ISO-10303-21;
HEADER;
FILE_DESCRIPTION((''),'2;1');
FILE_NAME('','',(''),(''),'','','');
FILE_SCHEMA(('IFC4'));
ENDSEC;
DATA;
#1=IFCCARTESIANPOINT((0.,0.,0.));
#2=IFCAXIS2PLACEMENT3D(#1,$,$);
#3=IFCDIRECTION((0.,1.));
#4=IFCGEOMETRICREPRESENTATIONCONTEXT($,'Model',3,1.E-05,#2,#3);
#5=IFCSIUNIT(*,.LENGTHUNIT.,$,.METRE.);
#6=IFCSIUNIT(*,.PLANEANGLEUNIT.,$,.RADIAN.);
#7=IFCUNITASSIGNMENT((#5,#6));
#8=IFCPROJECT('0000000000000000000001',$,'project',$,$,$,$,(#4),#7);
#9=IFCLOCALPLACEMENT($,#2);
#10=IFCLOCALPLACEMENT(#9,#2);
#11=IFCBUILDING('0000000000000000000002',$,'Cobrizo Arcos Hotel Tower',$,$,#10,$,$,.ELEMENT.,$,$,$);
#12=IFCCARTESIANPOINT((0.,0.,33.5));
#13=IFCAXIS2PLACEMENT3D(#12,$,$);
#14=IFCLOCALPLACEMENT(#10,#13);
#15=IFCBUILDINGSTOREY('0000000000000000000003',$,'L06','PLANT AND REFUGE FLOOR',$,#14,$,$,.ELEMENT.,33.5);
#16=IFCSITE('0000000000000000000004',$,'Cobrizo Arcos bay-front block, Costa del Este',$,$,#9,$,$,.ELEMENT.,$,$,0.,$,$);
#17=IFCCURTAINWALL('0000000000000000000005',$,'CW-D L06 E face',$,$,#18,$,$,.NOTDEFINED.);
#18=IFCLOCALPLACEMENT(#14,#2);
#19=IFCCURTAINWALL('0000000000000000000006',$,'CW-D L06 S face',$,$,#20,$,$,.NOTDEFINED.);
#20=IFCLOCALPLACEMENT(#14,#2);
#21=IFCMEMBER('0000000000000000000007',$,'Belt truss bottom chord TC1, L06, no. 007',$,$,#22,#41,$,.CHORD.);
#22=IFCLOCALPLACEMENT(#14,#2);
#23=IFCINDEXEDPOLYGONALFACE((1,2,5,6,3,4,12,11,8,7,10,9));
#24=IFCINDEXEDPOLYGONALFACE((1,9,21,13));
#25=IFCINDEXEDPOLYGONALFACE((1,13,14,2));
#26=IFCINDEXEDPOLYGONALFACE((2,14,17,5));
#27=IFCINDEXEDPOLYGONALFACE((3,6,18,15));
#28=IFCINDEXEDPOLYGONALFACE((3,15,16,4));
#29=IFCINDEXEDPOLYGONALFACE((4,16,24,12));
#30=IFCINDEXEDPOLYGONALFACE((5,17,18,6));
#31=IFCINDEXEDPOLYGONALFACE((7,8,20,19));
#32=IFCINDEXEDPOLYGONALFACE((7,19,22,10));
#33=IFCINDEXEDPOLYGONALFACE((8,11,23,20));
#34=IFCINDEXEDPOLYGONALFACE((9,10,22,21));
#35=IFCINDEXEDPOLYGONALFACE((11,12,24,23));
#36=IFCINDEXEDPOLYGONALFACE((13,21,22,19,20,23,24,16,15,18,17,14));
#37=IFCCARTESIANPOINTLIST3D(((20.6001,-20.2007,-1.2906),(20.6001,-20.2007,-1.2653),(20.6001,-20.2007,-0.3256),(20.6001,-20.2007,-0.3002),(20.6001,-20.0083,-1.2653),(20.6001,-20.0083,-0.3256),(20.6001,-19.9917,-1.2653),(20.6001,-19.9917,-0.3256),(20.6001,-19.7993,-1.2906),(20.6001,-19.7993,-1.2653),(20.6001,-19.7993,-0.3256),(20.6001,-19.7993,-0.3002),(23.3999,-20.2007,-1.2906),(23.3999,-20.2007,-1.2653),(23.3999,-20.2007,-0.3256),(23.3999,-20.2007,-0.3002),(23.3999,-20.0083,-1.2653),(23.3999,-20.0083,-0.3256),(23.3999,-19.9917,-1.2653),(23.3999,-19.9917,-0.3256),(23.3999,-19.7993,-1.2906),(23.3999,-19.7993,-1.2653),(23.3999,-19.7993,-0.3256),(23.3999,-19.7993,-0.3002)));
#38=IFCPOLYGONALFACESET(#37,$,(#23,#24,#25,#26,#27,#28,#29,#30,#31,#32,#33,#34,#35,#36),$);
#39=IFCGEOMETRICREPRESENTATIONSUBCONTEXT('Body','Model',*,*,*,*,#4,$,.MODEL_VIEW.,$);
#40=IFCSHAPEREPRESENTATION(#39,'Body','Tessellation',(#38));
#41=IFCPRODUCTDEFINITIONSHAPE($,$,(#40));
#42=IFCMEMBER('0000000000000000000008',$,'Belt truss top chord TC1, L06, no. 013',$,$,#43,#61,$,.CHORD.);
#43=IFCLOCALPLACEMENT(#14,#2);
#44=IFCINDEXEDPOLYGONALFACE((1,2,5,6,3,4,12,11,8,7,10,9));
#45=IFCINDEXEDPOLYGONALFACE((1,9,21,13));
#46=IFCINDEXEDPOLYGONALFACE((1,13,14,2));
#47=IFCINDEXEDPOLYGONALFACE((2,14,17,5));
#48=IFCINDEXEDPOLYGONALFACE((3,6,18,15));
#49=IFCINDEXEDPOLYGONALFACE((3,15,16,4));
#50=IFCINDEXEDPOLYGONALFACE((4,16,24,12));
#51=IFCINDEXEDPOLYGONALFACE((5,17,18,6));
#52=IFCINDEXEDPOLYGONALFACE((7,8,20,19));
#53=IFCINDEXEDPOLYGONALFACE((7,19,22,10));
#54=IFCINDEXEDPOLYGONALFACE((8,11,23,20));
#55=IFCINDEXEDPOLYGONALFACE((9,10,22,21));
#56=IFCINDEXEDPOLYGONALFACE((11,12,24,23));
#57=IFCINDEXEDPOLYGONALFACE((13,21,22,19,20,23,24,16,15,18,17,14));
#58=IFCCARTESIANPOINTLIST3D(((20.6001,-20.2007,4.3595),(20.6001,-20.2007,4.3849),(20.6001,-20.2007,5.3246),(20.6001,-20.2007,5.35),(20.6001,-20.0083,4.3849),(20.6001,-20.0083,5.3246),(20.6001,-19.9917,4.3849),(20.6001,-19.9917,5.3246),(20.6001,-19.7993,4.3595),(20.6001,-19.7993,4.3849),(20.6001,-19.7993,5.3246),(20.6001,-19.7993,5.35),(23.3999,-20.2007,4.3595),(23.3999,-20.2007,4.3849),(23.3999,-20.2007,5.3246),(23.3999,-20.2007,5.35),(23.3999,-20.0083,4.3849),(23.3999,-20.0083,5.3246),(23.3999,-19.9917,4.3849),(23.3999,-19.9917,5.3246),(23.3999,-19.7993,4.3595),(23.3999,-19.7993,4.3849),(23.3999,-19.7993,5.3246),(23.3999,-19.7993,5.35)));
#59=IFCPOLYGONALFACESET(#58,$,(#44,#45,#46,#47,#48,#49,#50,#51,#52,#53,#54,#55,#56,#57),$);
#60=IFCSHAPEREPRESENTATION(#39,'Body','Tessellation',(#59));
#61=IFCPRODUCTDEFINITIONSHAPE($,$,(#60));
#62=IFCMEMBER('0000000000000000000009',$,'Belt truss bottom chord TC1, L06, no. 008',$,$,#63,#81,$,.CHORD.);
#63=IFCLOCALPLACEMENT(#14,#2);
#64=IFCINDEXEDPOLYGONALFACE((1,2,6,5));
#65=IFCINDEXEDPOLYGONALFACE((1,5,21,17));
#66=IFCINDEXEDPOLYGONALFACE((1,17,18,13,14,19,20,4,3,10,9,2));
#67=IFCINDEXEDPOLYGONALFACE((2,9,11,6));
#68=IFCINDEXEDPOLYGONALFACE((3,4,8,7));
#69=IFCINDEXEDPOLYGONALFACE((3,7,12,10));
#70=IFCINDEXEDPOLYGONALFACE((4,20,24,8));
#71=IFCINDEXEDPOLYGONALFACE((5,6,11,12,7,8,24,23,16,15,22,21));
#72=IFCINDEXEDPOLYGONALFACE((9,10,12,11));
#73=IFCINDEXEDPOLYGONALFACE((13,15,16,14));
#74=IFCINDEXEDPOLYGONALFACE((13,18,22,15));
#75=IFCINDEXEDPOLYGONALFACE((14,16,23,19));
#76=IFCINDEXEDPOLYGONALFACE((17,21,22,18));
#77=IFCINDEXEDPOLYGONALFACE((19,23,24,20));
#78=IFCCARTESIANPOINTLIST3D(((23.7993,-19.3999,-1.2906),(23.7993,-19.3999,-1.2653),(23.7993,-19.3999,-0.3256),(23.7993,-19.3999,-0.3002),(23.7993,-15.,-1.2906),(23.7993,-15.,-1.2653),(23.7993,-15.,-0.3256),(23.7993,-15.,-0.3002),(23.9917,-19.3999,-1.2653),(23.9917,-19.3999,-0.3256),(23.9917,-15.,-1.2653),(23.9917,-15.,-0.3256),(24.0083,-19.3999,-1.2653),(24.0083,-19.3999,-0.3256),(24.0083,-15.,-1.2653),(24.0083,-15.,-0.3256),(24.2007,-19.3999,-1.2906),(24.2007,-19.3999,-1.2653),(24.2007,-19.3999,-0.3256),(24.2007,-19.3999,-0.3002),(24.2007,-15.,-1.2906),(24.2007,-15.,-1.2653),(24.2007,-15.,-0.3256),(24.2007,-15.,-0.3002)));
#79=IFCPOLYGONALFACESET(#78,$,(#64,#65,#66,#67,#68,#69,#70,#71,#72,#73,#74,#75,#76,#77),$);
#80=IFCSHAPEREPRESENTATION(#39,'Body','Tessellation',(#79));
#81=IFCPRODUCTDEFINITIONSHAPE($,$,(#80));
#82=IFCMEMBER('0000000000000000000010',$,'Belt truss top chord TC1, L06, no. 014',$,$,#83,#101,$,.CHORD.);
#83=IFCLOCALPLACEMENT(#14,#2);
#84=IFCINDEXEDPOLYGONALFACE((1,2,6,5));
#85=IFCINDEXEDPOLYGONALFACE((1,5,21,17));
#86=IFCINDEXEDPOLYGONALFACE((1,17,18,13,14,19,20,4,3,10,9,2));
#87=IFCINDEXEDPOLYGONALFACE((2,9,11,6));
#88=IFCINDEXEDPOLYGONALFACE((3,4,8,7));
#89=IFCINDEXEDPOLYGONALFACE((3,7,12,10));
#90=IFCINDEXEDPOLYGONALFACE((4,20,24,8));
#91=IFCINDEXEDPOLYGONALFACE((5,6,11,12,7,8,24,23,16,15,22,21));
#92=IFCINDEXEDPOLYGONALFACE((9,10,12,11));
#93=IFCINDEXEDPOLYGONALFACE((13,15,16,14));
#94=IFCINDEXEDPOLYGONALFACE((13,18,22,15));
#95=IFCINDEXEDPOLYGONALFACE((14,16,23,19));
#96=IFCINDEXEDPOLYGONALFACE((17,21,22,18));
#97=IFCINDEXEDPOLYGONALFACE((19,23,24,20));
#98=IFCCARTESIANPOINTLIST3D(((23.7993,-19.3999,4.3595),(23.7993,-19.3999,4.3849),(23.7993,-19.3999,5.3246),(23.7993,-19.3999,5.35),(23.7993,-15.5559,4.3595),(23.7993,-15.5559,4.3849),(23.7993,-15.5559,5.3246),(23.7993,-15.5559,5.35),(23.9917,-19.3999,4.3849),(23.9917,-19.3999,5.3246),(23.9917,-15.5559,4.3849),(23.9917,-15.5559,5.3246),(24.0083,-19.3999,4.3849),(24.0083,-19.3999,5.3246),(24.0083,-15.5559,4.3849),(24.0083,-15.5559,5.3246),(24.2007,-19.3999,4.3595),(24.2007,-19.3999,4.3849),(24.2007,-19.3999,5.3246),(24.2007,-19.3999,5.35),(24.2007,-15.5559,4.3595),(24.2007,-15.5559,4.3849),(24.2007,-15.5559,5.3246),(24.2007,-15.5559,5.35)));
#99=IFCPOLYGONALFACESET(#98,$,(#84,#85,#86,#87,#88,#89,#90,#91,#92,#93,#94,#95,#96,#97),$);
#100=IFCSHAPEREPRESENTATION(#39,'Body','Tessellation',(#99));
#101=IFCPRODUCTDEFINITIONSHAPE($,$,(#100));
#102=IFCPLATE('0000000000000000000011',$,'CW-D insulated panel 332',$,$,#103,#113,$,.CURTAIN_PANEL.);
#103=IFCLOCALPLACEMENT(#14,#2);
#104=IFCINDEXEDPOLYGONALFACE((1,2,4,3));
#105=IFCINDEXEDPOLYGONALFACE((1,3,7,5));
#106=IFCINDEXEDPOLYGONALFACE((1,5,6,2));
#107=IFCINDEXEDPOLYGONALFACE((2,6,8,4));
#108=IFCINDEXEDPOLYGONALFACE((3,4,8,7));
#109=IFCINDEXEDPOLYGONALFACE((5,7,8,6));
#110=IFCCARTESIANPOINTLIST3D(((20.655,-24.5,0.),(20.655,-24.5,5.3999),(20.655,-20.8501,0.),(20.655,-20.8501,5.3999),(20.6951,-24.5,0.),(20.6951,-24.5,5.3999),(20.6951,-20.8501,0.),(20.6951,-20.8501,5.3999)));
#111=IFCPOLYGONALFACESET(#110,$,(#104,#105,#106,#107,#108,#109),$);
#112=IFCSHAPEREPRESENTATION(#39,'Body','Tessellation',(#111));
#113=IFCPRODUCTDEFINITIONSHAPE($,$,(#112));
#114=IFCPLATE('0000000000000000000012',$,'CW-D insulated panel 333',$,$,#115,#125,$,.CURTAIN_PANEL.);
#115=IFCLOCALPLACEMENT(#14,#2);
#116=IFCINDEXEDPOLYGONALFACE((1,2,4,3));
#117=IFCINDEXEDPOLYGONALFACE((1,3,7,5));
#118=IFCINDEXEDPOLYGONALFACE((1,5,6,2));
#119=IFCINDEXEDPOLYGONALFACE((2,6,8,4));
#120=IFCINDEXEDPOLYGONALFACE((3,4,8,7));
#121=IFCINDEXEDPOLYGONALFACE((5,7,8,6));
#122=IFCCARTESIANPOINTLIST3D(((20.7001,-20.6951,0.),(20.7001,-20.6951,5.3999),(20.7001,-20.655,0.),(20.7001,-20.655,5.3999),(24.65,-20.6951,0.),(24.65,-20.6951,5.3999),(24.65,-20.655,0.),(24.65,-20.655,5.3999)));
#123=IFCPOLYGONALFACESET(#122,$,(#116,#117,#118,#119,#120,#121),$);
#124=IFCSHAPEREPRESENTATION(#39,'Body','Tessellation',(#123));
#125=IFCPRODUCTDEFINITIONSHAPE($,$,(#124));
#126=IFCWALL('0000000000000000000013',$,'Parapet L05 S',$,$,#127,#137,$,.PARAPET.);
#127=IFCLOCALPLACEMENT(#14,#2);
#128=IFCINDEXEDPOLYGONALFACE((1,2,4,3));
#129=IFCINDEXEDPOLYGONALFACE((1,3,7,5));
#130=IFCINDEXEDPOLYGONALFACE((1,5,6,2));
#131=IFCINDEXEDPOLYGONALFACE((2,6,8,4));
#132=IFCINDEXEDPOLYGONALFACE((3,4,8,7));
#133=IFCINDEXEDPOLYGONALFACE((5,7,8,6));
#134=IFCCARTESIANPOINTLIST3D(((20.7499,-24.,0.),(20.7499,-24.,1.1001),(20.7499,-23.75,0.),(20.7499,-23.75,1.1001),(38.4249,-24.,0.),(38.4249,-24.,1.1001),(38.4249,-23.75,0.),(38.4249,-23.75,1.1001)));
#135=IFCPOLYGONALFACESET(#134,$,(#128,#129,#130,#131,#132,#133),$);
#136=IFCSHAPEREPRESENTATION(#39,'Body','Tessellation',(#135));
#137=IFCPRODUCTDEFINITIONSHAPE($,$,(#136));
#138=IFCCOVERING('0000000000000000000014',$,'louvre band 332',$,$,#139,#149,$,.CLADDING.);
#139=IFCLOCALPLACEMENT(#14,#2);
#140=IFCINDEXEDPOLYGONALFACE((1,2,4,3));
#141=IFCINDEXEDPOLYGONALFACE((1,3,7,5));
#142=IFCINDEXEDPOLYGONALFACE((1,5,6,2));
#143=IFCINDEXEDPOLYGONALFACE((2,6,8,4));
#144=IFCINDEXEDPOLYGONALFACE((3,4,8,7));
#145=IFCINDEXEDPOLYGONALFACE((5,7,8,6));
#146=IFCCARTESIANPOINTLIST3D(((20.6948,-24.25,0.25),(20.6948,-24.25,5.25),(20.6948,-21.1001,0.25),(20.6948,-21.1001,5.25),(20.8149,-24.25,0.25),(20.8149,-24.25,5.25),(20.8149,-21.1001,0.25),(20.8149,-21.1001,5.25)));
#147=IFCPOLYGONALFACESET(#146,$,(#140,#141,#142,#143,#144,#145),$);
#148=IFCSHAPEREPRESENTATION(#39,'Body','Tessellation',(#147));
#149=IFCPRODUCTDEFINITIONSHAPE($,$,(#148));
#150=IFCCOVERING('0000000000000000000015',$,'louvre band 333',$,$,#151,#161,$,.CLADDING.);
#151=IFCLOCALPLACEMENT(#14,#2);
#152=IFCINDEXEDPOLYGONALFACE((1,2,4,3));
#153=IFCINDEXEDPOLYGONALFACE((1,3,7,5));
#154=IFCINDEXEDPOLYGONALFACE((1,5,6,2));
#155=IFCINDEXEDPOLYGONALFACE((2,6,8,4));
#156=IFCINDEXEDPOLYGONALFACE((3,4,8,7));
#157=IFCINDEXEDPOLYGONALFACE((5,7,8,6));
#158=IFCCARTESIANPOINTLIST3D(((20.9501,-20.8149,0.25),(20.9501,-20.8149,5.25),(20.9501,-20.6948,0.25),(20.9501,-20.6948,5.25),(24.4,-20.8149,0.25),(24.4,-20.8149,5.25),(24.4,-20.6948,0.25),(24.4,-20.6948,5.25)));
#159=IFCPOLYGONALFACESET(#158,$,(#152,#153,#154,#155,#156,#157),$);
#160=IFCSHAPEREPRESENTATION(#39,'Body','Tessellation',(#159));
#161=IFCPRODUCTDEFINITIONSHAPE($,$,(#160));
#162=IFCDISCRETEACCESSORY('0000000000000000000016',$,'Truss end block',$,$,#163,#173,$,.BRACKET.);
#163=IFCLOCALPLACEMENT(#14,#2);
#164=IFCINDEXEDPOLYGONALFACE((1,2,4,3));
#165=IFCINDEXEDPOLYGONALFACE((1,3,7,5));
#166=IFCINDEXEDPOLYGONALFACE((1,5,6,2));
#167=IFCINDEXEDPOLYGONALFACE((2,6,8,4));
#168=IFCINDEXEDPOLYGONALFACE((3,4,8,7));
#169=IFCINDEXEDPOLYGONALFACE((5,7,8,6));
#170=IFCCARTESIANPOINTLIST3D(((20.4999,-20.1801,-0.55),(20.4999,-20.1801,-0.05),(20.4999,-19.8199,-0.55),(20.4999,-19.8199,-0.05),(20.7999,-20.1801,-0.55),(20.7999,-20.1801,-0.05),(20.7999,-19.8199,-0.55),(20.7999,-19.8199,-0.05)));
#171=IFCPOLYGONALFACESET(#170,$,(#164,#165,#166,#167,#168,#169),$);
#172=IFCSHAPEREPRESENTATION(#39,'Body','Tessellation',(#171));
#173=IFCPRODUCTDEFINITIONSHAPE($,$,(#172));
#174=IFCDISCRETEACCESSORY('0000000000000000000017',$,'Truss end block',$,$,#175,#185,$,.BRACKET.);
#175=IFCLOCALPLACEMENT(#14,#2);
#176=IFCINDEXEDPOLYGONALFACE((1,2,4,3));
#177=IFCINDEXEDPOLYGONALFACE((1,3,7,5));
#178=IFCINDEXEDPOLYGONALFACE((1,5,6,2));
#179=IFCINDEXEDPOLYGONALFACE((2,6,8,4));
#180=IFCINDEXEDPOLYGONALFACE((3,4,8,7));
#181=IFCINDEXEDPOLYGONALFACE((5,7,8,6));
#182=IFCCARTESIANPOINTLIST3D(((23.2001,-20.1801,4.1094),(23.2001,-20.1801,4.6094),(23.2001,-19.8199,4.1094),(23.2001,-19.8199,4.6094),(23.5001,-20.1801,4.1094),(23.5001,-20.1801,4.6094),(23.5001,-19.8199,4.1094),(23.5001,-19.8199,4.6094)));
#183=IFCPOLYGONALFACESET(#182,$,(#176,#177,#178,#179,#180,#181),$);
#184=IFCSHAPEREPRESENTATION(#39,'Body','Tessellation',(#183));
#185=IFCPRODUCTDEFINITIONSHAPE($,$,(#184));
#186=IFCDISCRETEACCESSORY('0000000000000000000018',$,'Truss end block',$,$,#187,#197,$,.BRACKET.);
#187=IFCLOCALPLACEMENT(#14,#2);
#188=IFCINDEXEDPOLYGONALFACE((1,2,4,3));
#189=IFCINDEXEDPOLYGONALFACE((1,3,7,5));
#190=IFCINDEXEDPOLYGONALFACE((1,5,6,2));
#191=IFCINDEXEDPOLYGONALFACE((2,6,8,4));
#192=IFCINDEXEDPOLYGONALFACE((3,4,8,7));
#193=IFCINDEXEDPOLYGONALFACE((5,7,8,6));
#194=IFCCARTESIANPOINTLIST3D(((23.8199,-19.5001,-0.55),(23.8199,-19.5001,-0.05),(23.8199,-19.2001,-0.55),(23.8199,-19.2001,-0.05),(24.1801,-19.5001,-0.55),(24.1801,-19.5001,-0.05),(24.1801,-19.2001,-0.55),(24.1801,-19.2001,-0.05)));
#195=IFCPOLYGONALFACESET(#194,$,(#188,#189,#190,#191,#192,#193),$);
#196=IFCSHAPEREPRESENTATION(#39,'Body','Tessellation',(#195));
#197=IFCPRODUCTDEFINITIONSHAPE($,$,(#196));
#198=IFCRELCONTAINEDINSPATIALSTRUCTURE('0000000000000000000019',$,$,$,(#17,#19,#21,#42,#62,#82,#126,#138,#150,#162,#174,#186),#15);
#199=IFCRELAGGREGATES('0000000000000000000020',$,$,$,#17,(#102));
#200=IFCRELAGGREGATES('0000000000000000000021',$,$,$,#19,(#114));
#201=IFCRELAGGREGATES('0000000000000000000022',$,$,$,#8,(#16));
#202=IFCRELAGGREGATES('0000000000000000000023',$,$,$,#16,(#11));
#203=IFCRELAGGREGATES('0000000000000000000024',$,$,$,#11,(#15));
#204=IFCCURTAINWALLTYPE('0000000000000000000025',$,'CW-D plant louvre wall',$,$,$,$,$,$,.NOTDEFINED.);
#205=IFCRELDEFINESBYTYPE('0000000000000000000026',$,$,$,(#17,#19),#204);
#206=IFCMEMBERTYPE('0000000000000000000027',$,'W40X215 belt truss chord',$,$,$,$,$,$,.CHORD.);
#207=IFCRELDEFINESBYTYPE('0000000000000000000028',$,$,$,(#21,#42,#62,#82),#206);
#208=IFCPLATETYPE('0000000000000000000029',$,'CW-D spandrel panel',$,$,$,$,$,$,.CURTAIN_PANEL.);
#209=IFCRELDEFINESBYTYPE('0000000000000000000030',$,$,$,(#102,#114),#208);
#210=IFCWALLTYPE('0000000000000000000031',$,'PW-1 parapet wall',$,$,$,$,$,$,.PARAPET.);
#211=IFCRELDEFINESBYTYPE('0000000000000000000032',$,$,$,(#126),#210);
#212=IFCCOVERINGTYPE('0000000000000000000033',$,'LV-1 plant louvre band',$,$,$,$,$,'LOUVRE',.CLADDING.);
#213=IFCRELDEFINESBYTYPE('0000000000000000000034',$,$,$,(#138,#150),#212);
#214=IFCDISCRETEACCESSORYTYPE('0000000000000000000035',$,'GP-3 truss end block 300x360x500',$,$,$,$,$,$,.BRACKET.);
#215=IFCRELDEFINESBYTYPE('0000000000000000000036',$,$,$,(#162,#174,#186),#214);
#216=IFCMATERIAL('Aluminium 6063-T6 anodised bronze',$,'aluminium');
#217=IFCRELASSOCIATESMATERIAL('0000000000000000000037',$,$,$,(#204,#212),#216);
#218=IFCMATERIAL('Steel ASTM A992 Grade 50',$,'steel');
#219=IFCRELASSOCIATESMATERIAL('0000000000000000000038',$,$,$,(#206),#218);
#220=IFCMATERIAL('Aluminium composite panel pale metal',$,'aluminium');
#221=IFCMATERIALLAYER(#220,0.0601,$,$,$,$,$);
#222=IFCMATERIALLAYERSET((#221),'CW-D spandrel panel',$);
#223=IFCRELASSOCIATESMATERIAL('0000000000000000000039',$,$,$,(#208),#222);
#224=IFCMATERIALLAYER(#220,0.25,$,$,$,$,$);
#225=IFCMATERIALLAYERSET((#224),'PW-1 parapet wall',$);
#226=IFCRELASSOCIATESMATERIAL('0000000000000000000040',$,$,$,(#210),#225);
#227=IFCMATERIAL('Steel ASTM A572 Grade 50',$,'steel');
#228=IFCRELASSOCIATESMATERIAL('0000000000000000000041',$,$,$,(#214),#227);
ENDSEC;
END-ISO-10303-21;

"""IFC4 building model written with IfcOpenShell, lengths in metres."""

from ifc_helpers import new_model, si_unit, direction, frame, frame_2d, origin, origin_2d, place, context, subcontext, project, spatial, rectangle, i_section, extrude, material, layer, layer_set, material_profile, profile_set, type_object, element, aggregate, save


model = new_model("IFC4")

# Units and contexts
model_context = context("Model", 3, precision=1e-05, world=origin(), true_north=direction((0.0, 1.0)))
body_context = subcontext(model_context, "Body", "Model", "MODEL_VIEW")
ifc_project = project(units=[si_unit("LENGTHUNIT", "METRE"), si_unit("PLANEANGLEUNIT", "RADIAN")], contexts=[model_context])

# Site, building, storey
site_placement = place(None, origin())
site = spatial("IfcSite", under=ifc_project, at=site_placement, Name="Cobrizo Arcos bay-front block, Costa del Este", CompositionType="ELEMENT", RefElevation=0.0)
building_placement = place(site_placement, origin())
building = spatial("IfcBuilding", under=site, at=building_placement, Name="Cobrizo Arcos Hotel Tower", CompositionType="ELEMENT")
storey_placement = place(building_placement, frame((0.0, 0.0, 33.5)))
storey = spatial("IfcBuildingStorey", under=building, at=storey_placement, Name="L06", Description="PLANT AND REFUGE FLOOR", CompositionType="ELEMENT", Elevation=33.5)

# Shared definitions
ifc_material_1 = material(Name="Steel ASTM A572 Grade 50", Category="steel")

# Shared definitions
ifc_material_2 = material(Name="Aluminium 6063-T6 anodised bronze", Category="aluminium")
curtain_wall_type = type_object("IfcCurtainWallType", Name="CW-D plant louvre wall", PredefinedType="NOTDEFINED", material=ifc_material_2)

# Curtain wall
curtain_wall_1_placement = place(storey_placement, origin())
curtain_wall_1 = element("IfcCurtainWall", 1, at=curtain_wall_1_placement, inside=storey, type_object=curtain_wall_type, Name="CW-D L06 E face", PredefinedType="NOTDEFINED")

# Curtain wall
curtain_wall_2_placement = place(storey_placement, origin())
curtain_wall_2 = element("IfcCurtainWall", 2, at=curtain_wall_2_placement, inside=storey, type_object=curtain_wall_type, Name="CW-D L06 S face", PredefinedType="NOTDEFINED")

# Shared definitions
ifc_material_3 = material(Name="Steel ASTM A992 Grade 50", Category="steel")

# Members
ifc_material_profile_1 = material_profile(ifc_material_3, i_section(OverallWidth=0.4014, OverallDepth=0.9905, WebThickness=0.0166, FlangeThickness=0.0254, at=origin_2d()), Name="W40X215")
ifc_profile_set_1 = profile_set([ifc_material_profile_1], Name="Steel ASTM A992 Grade 50")
member_type_1 = type_object("IfcMemberType", Name="W40X215 belt truss chord", PredefinedType="CHORD", material=ifc_profile_set_1)
for number, where, z_axis, x_axis, name in (
    (3, (20.6001, -20.0, -0.7954), (1.0, 0.0, 0.0), (0.0, 1.0, 0.0), "Belt truss bottom chord TC1, L06, no. 007"),
    (4, (20.6001, -20.0, 4.8547), (1.0, 0.0, 0.0), (0.0, 1.0, 0.0), "Belt truss top chord TC1, L06, no. 013"),
):
    element("IfcMember", number, at=place(storey_placement, frame(where, z_axis=z_axis, x_axis=x_axis)), inside=storey, type_object=member_type_1, Name=name, PredefinedType="CHORD", context=body_context, shape_type="SweptSolid", body=[
        extrude(i_section(OverallWidth=0.4014, OverallDepth=0.9905, WebThickness=0.0166, FlangeThickness=0.0254, at=origin_2d()), origin(), (0.0, 0.0, 1.0), 2.7998),
    ])
member_1_placement = place(storey_placement, frame((24.0, -19.3999, -0.7954), z_axis=(0.0, 1.0, 0.0), x_axis=(-1.0, 0.0, 0.0)))
element("IfcMember", 5, at=member_1_placement, inside=storey, type_object=member_type_1, Name="Belt truss bottom chord TC1, L06, no. 008", PredefinedType="CHORD", context=body_context, shape_type="SweptSolid", body=[
    extrude(i_section(OverallWidth=0.4014, OverallDepth=0.9905, WebThickness=0.0166, FlangeThickness=0.0254, at=origin_2d()), origin(), (0.0, 0.0, 1.0), 4.3999),
])
member_2_placement = place(storey_placement, frame((24.0, -19.3999, 4.8547), z_axis=(0.0, 1.0, 0.0), x_axis=(-1.0, 0.0, 0.0)))
element("IfcMember", 6, at=member_2_placement, inside=storey, type_object=member_type_1, Name="Belt truss top chord TC1, L06, no. 014", PredefinedType="CHORD", context=body_context, shape_type="SweptSolid", body=[
    extrude(i_section(OverallWidth=0.4014, OverallDepth=0.9905, WebThickness=0.0166, FlangeThickness=0.0254, at=origin_2d()), origin(), (0.0, 0.0, 1.0), 3.844),
])

# Plates
ifc_material_4 = material(Name="Aluminium composite panel pale metal", Category="aluminium")
ifc_layer_1 = layer(ifc_material_4, 0.0601)
ifc_layer_set_1 = layer_set([ifc_layer_1], Name="CW-D spandrel panel")
plate_type = type_object("IfcPlateType", Name="CW-D spandrel panel", PredefinedType="CURTAIN_PANEL", material=ifc_layer_set_1)
plate_1_placement = place(storey_placement, frame((20.675, -22.675, 0.0), z_axis=(0.0, 0.0, 1.0), x_axis=(0.0, 1.0, 0.0)))
plate_1 = element("IfcPlate", 7, at=plate_1_placement, type_object=plate_type, Name="CW-D insulated panel 332", PredefinedType="CURTAIN_PANEL", context=body_context, shape_type="SweptSolid", body=[
    extrude(rectangle(XDim=3.6499, YDim=0.04, at=origin_2d()), origin(), (0.0, 0.0, 1.0), 5.3999),
])
aggregate(curtain_wall_1, [plate_1])
plate_2_placement = place(storey_placement, frame((22.675, -20.675, 0.0), z_axis=(0.0, 0.0, 1.0), x_axis=(1.0, 0.0, 0.0)))
plate_2 = element("IfcPlate", 8, at=plate_2_placement, type_object=plate_type, Name="CW-D insulated panel 333", PredefinedType="CURTAIN_PANEL", context=body_context, shape_type="SweptSolid", body=[
    extrude(rectangle(XDim=3.95, YDim=0.04, at=origin_2d()), origin(), (0.0, 0.0, 1.0), 5.3999),
])
aggregate(curtain_wall_2, [plate_2])

# Wall
ifc_layer_2 = layer(ifc_material_4, 0.25)
ifc_layer_set_2 = layer_set([ifc_layer_2], Name="PW-1 parapet wall")
wall_type = type_object("IfcWallType", Name="PW-1 parapet wall", PredefinedType="PARAPET", material=ifc_layer_set_2)
wall_placement = place(storey_placement, frame((20.75, -23.875, 0.0), z_axis=(0.0, 0.0, 1.0), x_axis=(1.0, 0.0, 0.0)))
element("IfcWall", 9, at=wall_placement, inside=storey, type_object=wall_type, Name="Parapet L05 S", PredefinedType="PARAPET", context=body_context, shape_type="SweptSolid", body=[
    extrude(rectangle(XDim=17.675, YDim=0.25, at=frame_2d((8.8374, 0.0))), origin(), (0.0, 0.0, 1.0), 1.1001),
])

# Coverings
covering_type = type_object("IfcCoveringType", Name="LV-1 plant louvre band", ElementType="LOUVRE", PredefinedType="CLADDING", material=ifc_material_2)
covering_1_placement = place(storey_placement, frame((20.7549, -22.675, 0.25), z_axis=(0.0, 0.0, 1.0), x_axis=(0.0, 1.0, 0.0)))
element("IfcCovering", 10, at=covering_1_placement, inside=storey, type_object=covering_type, Name="louvre band 332", PredefinedType="CLADDING", context=body_context, shape_type="SweptSolid", body=[
    extrude(rectangle(XDim=3.1499, YDim=0.1201, at=origin_2d()), origin(), (0.0, 0.0, 1.0), 5.0),
])
covering_2_placement = place(storey_placement, frame((22.675, -20.7549, 0.25), z_axis=(0.0, 0.0, 1.0), x_axis=(1.0, 0.0, 0.0)))
element("IfcCovering", 11, at=covering_2_placement, inside=storey, type_object=covering_type, Name="louvre band 333", PredefinedType="CLADDING", context=body_context, shape_type="SweptSolid", body=[
    extrude(rectangle(XDim=3.45, YDim=0.1201, at=origin_2d()), origin(), (0.0, 0.0, 1.0), 5.0),
])

# Discrete accessories
discrete_accessory_type_1 = type_object("IfcDiscreteAccessoryType", Name="GP-3 truss end block 300x360x500", PredefinedType="BRACKET", material=ifc_material_1)
for number, where, z_axis, x_axis, name in (
    (12, (20.6499, -20.0, -0.55), (0.0, 0.0, 1.0), (1.0, 0.0, 0.0), "Truss end block"),
    (13, (23.3501, -20.0, 4.1094), (0.0, 0.0, 1.0), (-1.0, 0.0, 0.0), "Truss end block"),
    (14, (24.0, -19.3501, -0.55), (0.0, 0.0, 1.0), (0.0, 1.0, 0.0), "Truss end block"),
):
    element("IfcDiscreteAccessory", number, at=place(storey_placement, frame(where, z_axis=z_axis, x_axis=x_axis)), inside=storey, type_object=discrete_accessory_type_1, Name=name, PredefinedType="BRACKET", context=body_context, shape_type="SweptSolid", body=[
        extrude(rectangle(XDim=0.3, YDim=0.3601, at=origin_2d()), origin(), (0.0, 0.0, 1.0), 0.5),
    ])

save(model, "model.ifc")
